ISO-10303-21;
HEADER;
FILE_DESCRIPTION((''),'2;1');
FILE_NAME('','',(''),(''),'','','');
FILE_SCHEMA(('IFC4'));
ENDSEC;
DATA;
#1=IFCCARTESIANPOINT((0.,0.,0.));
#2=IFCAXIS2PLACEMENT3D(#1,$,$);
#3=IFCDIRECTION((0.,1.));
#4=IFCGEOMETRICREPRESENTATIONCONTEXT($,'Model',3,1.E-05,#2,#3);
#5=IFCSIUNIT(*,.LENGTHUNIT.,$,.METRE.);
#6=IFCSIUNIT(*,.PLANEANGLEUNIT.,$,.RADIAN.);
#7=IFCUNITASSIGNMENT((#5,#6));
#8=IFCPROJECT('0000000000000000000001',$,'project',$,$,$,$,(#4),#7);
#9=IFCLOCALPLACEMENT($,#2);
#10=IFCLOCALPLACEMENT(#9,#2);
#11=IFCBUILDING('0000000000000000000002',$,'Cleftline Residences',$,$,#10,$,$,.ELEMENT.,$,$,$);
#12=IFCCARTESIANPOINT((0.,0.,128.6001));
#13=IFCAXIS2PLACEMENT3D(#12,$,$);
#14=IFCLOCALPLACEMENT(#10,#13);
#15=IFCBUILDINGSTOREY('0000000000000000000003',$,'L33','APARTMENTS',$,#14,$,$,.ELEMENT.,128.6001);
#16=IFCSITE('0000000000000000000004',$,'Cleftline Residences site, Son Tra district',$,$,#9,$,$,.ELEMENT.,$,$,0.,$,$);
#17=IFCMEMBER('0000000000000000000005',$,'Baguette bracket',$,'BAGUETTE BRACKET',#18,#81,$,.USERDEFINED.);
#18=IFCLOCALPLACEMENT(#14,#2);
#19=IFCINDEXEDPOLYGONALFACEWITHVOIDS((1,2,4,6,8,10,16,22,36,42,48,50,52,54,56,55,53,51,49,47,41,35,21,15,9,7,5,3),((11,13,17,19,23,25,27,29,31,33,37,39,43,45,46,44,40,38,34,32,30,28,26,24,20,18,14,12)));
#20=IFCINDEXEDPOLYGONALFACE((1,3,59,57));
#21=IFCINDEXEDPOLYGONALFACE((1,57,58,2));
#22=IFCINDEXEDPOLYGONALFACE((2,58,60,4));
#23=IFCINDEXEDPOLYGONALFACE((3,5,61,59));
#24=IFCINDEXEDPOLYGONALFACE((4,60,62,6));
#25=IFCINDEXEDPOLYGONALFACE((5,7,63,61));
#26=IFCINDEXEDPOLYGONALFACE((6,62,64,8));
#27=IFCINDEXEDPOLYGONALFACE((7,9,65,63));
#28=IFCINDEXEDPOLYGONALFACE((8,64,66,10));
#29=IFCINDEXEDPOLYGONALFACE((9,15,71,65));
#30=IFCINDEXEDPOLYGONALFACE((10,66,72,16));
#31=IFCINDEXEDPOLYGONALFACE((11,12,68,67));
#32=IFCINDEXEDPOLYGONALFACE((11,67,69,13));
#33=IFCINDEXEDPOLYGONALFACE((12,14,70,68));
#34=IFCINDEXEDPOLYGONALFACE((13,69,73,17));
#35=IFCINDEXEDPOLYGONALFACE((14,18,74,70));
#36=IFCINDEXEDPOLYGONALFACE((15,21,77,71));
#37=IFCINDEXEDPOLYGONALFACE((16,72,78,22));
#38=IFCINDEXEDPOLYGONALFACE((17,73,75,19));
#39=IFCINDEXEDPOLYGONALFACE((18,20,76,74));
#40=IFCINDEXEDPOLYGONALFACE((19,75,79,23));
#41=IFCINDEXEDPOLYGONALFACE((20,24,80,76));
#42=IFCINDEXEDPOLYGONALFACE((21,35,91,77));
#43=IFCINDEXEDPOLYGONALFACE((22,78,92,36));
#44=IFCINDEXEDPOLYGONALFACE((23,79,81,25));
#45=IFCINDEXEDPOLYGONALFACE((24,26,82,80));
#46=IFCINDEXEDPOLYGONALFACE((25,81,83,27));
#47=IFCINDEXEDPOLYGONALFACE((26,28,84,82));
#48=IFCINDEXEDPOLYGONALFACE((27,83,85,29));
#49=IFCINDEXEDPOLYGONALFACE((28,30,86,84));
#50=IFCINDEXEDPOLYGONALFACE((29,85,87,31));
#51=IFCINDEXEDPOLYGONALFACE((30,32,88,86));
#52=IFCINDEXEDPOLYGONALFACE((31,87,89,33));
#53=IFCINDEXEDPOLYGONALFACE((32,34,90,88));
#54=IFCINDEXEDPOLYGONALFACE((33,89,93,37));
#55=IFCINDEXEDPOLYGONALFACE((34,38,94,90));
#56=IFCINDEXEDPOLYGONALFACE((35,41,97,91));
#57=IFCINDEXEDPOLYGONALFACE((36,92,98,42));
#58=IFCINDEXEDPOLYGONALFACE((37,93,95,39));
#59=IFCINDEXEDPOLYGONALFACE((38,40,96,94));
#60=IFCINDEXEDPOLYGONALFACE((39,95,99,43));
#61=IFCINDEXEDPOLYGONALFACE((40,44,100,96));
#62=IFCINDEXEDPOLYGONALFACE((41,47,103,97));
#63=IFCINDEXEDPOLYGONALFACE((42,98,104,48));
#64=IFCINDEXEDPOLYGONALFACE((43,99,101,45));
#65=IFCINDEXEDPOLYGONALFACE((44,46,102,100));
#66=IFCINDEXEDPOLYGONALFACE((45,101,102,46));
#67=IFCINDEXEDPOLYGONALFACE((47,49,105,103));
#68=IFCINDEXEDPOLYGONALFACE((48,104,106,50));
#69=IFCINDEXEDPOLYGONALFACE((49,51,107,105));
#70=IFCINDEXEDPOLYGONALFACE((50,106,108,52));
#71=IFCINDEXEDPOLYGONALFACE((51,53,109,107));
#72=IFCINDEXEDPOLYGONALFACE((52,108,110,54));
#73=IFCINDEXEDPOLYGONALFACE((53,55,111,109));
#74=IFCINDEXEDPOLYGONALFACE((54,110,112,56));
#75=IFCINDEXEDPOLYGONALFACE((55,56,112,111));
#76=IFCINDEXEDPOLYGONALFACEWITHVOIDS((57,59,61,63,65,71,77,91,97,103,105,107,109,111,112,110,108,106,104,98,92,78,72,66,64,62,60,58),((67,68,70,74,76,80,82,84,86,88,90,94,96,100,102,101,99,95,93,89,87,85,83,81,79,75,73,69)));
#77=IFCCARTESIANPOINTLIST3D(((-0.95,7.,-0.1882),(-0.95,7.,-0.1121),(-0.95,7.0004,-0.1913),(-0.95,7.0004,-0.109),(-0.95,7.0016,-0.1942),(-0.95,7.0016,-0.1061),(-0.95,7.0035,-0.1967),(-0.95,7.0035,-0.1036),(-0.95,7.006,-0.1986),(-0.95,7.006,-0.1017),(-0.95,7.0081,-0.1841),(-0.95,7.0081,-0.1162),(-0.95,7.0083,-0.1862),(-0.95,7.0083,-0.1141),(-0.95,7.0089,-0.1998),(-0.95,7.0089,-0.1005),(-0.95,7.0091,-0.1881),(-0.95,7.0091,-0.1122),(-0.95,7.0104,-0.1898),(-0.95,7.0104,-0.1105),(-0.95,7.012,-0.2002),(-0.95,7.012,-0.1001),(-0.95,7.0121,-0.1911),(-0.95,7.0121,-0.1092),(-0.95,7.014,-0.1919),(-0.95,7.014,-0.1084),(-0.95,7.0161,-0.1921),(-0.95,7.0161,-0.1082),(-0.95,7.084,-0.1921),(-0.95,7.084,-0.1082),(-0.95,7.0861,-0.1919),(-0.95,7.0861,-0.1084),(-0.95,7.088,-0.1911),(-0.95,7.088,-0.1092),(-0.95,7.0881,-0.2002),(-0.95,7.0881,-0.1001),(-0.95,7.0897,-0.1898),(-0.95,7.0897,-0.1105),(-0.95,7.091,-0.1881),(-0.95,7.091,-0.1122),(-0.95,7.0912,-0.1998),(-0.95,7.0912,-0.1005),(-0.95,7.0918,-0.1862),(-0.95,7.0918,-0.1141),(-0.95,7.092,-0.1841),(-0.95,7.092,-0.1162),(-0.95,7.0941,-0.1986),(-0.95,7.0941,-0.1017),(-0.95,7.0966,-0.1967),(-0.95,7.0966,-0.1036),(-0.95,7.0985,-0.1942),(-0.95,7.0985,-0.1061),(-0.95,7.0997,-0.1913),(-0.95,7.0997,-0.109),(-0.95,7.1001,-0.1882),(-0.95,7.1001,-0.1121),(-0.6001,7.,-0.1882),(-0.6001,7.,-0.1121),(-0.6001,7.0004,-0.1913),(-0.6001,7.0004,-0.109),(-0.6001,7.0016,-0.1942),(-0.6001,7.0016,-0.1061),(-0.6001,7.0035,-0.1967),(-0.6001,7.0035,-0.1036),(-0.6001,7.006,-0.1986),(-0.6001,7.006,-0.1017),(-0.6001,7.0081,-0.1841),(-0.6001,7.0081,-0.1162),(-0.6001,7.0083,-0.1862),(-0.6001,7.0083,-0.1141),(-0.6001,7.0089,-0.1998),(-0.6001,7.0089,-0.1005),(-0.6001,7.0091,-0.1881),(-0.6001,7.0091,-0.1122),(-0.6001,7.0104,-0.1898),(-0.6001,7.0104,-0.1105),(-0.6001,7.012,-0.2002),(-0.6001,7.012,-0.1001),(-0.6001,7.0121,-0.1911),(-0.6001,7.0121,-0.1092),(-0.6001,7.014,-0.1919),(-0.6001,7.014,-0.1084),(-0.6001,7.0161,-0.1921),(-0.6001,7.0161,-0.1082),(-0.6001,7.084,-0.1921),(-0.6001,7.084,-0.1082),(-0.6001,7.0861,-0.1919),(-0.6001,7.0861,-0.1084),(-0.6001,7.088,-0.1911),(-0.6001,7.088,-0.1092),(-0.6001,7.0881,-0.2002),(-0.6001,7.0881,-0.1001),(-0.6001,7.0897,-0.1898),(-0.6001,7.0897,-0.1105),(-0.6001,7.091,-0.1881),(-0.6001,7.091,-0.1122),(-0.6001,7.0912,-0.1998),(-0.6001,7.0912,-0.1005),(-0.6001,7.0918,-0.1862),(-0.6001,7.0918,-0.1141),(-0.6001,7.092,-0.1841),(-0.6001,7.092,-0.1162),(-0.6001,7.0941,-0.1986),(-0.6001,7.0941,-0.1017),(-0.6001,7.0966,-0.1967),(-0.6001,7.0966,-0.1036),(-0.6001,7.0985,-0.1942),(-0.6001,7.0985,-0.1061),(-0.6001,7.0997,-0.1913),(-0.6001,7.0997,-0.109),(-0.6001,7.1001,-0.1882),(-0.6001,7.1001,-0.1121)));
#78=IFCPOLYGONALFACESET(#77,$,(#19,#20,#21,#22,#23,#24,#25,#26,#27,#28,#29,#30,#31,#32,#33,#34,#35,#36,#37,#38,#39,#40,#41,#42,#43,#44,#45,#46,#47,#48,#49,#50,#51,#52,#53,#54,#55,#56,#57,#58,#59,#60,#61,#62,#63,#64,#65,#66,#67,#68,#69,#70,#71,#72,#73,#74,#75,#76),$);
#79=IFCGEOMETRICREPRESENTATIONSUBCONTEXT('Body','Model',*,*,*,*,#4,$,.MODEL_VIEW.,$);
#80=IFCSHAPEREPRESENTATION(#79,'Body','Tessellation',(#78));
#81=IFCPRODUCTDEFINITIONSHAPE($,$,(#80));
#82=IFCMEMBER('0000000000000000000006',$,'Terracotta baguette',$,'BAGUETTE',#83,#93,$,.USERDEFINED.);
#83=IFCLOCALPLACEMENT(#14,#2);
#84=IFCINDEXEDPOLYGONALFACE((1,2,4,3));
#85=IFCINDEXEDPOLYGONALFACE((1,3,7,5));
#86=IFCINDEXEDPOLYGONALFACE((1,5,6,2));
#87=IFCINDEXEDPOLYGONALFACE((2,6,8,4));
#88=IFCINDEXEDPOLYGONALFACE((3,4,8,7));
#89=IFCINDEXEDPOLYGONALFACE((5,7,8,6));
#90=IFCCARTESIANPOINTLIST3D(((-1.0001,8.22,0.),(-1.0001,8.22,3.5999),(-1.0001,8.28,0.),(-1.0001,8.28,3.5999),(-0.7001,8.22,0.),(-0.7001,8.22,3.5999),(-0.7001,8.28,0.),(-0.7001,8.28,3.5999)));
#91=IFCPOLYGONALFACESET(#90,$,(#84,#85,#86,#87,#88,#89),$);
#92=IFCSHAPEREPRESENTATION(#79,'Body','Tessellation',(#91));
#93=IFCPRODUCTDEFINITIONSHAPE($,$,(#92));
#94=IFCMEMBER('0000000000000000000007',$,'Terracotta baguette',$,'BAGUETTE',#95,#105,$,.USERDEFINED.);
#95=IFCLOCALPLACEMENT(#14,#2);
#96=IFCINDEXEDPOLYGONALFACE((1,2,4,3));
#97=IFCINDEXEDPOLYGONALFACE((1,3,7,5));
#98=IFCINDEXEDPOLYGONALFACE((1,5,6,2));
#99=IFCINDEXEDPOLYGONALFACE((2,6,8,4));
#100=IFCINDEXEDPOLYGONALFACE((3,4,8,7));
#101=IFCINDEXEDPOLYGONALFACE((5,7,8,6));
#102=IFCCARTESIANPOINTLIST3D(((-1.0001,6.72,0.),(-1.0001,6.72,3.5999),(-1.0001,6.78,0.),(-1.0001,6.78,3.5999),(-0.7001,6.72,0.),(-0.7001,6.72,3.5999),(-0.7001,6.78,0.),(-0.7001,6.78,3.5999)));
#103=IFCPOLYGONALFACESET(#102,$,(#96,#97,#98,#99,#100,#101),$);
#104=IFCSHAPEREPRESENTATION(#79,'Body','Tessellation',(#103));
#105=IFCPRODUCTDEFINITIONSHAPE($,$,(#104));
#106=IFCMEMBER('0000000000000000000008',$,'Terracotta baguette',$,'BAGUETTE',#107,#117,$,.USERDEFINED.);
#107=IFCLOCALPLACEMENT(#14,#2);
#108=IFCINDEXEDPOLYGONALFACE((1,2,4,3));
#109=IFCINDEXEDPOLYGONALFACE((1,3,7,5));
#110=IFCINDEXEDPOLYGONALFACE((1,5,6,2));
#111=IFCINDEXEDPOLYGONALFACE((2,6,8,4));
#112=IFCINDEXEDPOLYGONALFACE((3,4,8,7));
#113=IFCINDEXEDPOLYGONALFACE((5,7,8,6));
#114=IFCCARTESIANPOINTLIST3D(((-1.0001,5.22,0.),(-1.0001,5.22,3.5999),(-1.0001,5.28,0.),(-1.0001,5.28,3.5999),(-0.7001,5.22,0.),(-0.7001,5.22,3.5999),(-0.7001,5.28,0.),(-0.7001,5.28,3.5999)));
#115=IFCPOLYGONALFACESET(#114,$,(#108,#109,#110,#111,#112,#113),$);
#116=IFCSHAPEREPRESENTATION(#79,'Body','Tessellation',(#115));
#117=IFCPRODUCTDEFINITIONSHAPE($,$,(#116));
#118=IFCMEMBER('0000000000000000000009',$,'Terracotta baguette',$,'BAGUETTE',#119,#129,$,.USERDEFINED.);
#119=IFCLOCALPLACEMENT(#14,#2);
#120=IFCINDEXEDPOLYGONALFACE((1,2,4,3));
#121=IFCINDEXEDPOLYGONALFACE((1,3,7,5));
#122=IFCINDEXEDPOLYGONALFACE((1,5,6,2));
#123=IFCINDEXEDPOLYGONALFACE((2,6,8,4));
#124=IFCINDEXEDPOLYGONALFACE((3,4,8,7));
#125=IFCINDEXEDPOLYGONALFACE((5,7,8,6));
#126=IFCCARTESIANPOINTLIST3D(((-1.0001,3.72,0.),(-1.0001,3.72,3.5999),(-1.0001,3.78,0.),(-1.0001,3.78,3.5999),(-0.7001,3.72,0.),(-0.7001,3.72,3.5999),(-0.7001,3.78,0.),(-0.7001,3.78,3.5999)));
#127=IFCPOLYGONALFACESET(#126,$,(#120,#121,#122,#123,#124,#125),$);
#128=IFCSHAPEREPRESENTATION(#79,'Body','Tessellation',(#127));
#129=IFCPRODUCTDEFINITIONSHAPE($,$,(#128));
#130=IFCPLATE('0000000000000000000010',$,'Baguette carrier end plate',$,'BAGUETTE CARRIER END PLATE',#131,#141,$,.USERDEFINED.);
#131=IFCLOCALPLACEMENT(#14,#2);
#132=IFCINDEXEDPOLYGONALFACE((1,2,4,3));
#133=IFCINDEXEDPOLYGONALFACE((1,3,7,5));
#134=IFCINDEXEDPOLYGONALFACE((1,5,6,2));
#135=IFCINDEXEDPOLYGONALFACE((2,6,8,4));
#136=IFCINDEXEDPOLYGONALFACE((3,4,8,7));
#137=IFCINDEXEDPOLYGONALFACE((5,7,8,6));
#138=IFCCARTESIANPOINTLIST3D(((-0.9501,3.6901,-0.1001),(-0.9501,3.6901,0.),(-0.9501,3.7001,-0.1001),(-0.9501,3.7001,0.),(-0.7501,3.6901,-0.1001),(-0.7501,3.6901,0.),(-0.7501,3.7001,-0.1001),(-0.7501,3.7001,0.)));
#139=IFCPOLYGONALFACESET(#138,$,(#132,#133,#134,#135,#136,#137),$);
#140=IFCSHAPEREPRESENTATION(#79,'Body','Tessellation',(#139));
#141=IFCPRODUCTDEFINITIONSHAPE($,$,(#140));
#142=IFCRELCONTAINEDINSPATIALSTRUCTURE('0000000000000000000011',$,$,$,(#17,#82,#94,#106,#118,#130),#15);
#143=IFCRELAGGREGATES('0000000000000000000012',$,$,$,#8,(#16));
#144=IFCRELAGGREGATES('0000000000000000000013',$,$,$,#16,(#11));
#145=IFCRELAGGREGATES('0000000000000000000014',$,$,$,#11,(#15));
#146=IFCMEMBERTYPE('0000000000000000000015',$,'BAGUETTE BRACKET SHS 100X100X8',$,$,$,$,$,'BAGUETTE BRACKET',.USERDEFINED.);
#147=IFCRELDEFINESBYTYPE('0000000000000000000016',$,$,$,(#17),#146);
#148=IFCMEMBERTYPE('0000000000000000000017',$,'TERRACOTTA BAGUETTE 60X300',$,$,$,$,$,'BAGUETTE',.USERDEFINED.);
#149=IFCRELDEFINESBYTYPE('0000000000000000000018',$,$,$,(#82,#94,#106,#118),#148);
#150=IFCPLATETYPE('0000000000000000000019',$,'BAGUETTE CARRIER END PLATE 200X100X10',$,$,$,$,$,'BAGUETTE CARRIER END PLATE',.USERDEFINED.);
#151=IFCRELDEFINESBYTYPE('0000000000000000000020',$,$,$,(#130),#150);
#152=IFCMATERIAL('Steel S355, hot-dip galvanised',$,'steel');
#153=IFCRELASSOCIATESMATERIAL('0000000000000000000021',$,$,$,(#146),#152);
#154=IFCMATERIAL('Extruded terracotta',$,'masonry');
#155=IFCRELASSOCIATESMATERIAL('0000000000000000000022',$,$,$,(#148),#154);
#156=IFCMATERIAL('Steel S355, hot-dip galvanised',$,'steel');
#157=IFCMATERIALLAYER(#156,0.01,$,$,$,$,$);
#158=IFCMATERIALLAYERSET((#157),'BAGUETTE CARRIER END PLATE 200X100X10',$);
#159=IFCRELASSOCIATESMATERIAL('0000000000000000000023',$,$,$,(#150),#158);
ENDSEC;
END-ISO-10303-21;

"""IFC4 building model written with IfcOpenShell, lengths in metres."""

from ifc_helpers import new_model, si_unit, direction, frame, origin, origin_2d, place, context, subcontext, project, spatial, rectangle, hollow_rectangle, extrude, material, layer, layer_set, material_profile, profile_set, type_object, element, save


model = new_model("IFC4")

# Units and contexts
model_context = context("Model", 3, precision=1e-05, world=origin(), true_north=direction((0.0, 1.0)))
body_context = subcontext(model_context, "Body", "Model", "MODEL_VIEW")
ifc_project = project(units=[si_unit("LENGTHUNIT", "METRE"), si_unit("PLANEANGLEUNIT", "RADIAN")], contexts=[model_context])

# Site, building, storey
site_placement = place(None, origin())
site = spatial("IfcSite", under=ifc_project, at=site_placement, Name="Cleftline Residences site, Son Tra district", CompositionType="ELEMENT", RefElevation=0.0)
building_placement = place(site_placement, origin())
building = spatial("IfcBuilding", under=site, at=building_placement, Name="Cleftline Residences", CompositionType="ELEMENT")
storey_placement = place(building_placement, frame((0.0, 0.0, 128.6001)))
storey = spatial("IfcBuildingStorey", under=building, at=storey_placement, Name="L33", Description="APARTMENTS", CompositionType="ELEMENT", Elevation=128.6001)

# Members
ifc_material_1 = material(Name="Steel S355, hot-dip galvanised", Category="steel")
ifc_material_profile_1 = material_profile(ifc_material_1, hollow_rectangle(XDim=0.1001, YDim=0.1001, WallThickness=0.0081, InnerFilletRadius=0.0081, OuterFilletRadius=0.012, at=origin_2d()))
ifc_profile_set_1 = profile_set([ifc_material_profile_1], Name="Steel S355, hot-dip galvanised")
member_type_1 = type_object("IfcMemberType", Name="BAGUETTE BRACKET SHS 100X100X8", ElementType="BAGUETTE BRACKET", PredefinedType="USERDEFINED", material=ifc_profile_set_1)
member_placement = place(storey_placement, frame((-0.6001, 7.05, -0.1501), z_axis=(-1.0, 0.0, 0.0), x_axis=(0.0, -1.0, 0.0)))
element("IfcMember", 1, at=member_placement, inside=storey, type_object=member_type_1, Name="Baguette bracket", ObjectType="BAGUETTE BRACKET", PredefinedType="USERDEFINED", context=body_context, shape_type="SweptSolid", body=[
    extrude(hollow_rectangle(XDim=0.1001, YDim=0.1001, WallThickness=0.0081, InnerFilletRadius=0.0081, OuterFilletRadius=0.012, at=origin_2d()), origin(), (0.0, 0.0, 1.0), 0.3499),
])
ifc_material_2 = material(Name="Extruded terracotta", Category="masonry")
ifc_material_profile_2 = material_profile(ifc_material_2, rectangle(XDim=0.0601, YDim=0.3, at=origin_2d()))
ifc_profile_set_2 = profile_set([ifc_material_profile_2], Name="Extruded terracotta")
member_type_2 = type_object("IfcMemberType", Name="TERRACOTTA BAGUETTE 60X300", ElementType="BAGUETTE", PredefinedType="USERDEFINED", material=ifc_profile_set_2)
for number, where, z_axis, x_axis, name in (
    (2, (-0.8501, 8.25, 0.0), (0.0, 0.0, 1.0), (0.0, 1.0, 0.0), "Terracotta baguette"),
    (3, (-0.8501, 6.75, 0.0), (0.0, 0.0, 1.0), (0.0, 1.0, 0.0), "Terracotta baguette"),
    (4, (-0.8501, 5.25, 0.0), (0.0, 0.0, 1.0), (0.0, 1.0, 0.0), "Terracotta baguette"),
    (5, (-0.8501, 3.75, 0.0), (0.0, 0.0, 1.0), (0.0, 1.0, 0.0), "Terracotta baguette"),
):
    element("IfcMember", number, at=place(storey_placement, frame(where, z_axis=z_axis, x_axis=x_axis)), inside=storey, type_object=member_type_2, Name=name, ObjectType="BAGUETTE", PredefinedType="USERDEFINED", context=body_context, shape_type="SweptSolid", body=[
        extrude(rectangle(XDim=0.0601, YDim=0.3, at=origin_2d()), origin(), (0.0, 0.0, 1.0), 3.5999),
    ])

# Plate
ifc_material_3 = material(Name="Steel S355, hot-dip galvanised", Category="steel")
ifc_layer_1 = layer(ifc_material_3, 0.01)
ifc_layer_set_1 = layer_set([ifc_layer_1], Name="BAGUETTE CARRIER END PLATE 200X100X10")
plate_type = type_object("IfcPlateType", Name="BAGUETTE CARRIER END PLATE 200X100X10", ElementType="BAGUETTE CARRIER END PLATE", PredefinedType="USERDEFINED", material=ifc_layer_set_1)
plate_placement = place(storey_placement, frame((-0.8501, 3.6951, -0.1001), z_axis=(0.0, 0.0, 1.0), x_axis=(-1.0, 0.0, 0.0)))
element("IfcPlate", 6, at=plate_placement, inside=storey, type_object=plate_type, Name="Baguette carrier end plate", ObjectType="BAGUETTE CARRIER END PLATE", PredefinedType="USERDEFINED", context=body_context, shape_type="SweptSolid", body=[
    extrude(rectangle(XDim=0.2, YDim=0.01, at=origin_2d()), origin(), (0.0, 0.0, 1.0), 0.1001),
])

save(model, "model.ifc")
